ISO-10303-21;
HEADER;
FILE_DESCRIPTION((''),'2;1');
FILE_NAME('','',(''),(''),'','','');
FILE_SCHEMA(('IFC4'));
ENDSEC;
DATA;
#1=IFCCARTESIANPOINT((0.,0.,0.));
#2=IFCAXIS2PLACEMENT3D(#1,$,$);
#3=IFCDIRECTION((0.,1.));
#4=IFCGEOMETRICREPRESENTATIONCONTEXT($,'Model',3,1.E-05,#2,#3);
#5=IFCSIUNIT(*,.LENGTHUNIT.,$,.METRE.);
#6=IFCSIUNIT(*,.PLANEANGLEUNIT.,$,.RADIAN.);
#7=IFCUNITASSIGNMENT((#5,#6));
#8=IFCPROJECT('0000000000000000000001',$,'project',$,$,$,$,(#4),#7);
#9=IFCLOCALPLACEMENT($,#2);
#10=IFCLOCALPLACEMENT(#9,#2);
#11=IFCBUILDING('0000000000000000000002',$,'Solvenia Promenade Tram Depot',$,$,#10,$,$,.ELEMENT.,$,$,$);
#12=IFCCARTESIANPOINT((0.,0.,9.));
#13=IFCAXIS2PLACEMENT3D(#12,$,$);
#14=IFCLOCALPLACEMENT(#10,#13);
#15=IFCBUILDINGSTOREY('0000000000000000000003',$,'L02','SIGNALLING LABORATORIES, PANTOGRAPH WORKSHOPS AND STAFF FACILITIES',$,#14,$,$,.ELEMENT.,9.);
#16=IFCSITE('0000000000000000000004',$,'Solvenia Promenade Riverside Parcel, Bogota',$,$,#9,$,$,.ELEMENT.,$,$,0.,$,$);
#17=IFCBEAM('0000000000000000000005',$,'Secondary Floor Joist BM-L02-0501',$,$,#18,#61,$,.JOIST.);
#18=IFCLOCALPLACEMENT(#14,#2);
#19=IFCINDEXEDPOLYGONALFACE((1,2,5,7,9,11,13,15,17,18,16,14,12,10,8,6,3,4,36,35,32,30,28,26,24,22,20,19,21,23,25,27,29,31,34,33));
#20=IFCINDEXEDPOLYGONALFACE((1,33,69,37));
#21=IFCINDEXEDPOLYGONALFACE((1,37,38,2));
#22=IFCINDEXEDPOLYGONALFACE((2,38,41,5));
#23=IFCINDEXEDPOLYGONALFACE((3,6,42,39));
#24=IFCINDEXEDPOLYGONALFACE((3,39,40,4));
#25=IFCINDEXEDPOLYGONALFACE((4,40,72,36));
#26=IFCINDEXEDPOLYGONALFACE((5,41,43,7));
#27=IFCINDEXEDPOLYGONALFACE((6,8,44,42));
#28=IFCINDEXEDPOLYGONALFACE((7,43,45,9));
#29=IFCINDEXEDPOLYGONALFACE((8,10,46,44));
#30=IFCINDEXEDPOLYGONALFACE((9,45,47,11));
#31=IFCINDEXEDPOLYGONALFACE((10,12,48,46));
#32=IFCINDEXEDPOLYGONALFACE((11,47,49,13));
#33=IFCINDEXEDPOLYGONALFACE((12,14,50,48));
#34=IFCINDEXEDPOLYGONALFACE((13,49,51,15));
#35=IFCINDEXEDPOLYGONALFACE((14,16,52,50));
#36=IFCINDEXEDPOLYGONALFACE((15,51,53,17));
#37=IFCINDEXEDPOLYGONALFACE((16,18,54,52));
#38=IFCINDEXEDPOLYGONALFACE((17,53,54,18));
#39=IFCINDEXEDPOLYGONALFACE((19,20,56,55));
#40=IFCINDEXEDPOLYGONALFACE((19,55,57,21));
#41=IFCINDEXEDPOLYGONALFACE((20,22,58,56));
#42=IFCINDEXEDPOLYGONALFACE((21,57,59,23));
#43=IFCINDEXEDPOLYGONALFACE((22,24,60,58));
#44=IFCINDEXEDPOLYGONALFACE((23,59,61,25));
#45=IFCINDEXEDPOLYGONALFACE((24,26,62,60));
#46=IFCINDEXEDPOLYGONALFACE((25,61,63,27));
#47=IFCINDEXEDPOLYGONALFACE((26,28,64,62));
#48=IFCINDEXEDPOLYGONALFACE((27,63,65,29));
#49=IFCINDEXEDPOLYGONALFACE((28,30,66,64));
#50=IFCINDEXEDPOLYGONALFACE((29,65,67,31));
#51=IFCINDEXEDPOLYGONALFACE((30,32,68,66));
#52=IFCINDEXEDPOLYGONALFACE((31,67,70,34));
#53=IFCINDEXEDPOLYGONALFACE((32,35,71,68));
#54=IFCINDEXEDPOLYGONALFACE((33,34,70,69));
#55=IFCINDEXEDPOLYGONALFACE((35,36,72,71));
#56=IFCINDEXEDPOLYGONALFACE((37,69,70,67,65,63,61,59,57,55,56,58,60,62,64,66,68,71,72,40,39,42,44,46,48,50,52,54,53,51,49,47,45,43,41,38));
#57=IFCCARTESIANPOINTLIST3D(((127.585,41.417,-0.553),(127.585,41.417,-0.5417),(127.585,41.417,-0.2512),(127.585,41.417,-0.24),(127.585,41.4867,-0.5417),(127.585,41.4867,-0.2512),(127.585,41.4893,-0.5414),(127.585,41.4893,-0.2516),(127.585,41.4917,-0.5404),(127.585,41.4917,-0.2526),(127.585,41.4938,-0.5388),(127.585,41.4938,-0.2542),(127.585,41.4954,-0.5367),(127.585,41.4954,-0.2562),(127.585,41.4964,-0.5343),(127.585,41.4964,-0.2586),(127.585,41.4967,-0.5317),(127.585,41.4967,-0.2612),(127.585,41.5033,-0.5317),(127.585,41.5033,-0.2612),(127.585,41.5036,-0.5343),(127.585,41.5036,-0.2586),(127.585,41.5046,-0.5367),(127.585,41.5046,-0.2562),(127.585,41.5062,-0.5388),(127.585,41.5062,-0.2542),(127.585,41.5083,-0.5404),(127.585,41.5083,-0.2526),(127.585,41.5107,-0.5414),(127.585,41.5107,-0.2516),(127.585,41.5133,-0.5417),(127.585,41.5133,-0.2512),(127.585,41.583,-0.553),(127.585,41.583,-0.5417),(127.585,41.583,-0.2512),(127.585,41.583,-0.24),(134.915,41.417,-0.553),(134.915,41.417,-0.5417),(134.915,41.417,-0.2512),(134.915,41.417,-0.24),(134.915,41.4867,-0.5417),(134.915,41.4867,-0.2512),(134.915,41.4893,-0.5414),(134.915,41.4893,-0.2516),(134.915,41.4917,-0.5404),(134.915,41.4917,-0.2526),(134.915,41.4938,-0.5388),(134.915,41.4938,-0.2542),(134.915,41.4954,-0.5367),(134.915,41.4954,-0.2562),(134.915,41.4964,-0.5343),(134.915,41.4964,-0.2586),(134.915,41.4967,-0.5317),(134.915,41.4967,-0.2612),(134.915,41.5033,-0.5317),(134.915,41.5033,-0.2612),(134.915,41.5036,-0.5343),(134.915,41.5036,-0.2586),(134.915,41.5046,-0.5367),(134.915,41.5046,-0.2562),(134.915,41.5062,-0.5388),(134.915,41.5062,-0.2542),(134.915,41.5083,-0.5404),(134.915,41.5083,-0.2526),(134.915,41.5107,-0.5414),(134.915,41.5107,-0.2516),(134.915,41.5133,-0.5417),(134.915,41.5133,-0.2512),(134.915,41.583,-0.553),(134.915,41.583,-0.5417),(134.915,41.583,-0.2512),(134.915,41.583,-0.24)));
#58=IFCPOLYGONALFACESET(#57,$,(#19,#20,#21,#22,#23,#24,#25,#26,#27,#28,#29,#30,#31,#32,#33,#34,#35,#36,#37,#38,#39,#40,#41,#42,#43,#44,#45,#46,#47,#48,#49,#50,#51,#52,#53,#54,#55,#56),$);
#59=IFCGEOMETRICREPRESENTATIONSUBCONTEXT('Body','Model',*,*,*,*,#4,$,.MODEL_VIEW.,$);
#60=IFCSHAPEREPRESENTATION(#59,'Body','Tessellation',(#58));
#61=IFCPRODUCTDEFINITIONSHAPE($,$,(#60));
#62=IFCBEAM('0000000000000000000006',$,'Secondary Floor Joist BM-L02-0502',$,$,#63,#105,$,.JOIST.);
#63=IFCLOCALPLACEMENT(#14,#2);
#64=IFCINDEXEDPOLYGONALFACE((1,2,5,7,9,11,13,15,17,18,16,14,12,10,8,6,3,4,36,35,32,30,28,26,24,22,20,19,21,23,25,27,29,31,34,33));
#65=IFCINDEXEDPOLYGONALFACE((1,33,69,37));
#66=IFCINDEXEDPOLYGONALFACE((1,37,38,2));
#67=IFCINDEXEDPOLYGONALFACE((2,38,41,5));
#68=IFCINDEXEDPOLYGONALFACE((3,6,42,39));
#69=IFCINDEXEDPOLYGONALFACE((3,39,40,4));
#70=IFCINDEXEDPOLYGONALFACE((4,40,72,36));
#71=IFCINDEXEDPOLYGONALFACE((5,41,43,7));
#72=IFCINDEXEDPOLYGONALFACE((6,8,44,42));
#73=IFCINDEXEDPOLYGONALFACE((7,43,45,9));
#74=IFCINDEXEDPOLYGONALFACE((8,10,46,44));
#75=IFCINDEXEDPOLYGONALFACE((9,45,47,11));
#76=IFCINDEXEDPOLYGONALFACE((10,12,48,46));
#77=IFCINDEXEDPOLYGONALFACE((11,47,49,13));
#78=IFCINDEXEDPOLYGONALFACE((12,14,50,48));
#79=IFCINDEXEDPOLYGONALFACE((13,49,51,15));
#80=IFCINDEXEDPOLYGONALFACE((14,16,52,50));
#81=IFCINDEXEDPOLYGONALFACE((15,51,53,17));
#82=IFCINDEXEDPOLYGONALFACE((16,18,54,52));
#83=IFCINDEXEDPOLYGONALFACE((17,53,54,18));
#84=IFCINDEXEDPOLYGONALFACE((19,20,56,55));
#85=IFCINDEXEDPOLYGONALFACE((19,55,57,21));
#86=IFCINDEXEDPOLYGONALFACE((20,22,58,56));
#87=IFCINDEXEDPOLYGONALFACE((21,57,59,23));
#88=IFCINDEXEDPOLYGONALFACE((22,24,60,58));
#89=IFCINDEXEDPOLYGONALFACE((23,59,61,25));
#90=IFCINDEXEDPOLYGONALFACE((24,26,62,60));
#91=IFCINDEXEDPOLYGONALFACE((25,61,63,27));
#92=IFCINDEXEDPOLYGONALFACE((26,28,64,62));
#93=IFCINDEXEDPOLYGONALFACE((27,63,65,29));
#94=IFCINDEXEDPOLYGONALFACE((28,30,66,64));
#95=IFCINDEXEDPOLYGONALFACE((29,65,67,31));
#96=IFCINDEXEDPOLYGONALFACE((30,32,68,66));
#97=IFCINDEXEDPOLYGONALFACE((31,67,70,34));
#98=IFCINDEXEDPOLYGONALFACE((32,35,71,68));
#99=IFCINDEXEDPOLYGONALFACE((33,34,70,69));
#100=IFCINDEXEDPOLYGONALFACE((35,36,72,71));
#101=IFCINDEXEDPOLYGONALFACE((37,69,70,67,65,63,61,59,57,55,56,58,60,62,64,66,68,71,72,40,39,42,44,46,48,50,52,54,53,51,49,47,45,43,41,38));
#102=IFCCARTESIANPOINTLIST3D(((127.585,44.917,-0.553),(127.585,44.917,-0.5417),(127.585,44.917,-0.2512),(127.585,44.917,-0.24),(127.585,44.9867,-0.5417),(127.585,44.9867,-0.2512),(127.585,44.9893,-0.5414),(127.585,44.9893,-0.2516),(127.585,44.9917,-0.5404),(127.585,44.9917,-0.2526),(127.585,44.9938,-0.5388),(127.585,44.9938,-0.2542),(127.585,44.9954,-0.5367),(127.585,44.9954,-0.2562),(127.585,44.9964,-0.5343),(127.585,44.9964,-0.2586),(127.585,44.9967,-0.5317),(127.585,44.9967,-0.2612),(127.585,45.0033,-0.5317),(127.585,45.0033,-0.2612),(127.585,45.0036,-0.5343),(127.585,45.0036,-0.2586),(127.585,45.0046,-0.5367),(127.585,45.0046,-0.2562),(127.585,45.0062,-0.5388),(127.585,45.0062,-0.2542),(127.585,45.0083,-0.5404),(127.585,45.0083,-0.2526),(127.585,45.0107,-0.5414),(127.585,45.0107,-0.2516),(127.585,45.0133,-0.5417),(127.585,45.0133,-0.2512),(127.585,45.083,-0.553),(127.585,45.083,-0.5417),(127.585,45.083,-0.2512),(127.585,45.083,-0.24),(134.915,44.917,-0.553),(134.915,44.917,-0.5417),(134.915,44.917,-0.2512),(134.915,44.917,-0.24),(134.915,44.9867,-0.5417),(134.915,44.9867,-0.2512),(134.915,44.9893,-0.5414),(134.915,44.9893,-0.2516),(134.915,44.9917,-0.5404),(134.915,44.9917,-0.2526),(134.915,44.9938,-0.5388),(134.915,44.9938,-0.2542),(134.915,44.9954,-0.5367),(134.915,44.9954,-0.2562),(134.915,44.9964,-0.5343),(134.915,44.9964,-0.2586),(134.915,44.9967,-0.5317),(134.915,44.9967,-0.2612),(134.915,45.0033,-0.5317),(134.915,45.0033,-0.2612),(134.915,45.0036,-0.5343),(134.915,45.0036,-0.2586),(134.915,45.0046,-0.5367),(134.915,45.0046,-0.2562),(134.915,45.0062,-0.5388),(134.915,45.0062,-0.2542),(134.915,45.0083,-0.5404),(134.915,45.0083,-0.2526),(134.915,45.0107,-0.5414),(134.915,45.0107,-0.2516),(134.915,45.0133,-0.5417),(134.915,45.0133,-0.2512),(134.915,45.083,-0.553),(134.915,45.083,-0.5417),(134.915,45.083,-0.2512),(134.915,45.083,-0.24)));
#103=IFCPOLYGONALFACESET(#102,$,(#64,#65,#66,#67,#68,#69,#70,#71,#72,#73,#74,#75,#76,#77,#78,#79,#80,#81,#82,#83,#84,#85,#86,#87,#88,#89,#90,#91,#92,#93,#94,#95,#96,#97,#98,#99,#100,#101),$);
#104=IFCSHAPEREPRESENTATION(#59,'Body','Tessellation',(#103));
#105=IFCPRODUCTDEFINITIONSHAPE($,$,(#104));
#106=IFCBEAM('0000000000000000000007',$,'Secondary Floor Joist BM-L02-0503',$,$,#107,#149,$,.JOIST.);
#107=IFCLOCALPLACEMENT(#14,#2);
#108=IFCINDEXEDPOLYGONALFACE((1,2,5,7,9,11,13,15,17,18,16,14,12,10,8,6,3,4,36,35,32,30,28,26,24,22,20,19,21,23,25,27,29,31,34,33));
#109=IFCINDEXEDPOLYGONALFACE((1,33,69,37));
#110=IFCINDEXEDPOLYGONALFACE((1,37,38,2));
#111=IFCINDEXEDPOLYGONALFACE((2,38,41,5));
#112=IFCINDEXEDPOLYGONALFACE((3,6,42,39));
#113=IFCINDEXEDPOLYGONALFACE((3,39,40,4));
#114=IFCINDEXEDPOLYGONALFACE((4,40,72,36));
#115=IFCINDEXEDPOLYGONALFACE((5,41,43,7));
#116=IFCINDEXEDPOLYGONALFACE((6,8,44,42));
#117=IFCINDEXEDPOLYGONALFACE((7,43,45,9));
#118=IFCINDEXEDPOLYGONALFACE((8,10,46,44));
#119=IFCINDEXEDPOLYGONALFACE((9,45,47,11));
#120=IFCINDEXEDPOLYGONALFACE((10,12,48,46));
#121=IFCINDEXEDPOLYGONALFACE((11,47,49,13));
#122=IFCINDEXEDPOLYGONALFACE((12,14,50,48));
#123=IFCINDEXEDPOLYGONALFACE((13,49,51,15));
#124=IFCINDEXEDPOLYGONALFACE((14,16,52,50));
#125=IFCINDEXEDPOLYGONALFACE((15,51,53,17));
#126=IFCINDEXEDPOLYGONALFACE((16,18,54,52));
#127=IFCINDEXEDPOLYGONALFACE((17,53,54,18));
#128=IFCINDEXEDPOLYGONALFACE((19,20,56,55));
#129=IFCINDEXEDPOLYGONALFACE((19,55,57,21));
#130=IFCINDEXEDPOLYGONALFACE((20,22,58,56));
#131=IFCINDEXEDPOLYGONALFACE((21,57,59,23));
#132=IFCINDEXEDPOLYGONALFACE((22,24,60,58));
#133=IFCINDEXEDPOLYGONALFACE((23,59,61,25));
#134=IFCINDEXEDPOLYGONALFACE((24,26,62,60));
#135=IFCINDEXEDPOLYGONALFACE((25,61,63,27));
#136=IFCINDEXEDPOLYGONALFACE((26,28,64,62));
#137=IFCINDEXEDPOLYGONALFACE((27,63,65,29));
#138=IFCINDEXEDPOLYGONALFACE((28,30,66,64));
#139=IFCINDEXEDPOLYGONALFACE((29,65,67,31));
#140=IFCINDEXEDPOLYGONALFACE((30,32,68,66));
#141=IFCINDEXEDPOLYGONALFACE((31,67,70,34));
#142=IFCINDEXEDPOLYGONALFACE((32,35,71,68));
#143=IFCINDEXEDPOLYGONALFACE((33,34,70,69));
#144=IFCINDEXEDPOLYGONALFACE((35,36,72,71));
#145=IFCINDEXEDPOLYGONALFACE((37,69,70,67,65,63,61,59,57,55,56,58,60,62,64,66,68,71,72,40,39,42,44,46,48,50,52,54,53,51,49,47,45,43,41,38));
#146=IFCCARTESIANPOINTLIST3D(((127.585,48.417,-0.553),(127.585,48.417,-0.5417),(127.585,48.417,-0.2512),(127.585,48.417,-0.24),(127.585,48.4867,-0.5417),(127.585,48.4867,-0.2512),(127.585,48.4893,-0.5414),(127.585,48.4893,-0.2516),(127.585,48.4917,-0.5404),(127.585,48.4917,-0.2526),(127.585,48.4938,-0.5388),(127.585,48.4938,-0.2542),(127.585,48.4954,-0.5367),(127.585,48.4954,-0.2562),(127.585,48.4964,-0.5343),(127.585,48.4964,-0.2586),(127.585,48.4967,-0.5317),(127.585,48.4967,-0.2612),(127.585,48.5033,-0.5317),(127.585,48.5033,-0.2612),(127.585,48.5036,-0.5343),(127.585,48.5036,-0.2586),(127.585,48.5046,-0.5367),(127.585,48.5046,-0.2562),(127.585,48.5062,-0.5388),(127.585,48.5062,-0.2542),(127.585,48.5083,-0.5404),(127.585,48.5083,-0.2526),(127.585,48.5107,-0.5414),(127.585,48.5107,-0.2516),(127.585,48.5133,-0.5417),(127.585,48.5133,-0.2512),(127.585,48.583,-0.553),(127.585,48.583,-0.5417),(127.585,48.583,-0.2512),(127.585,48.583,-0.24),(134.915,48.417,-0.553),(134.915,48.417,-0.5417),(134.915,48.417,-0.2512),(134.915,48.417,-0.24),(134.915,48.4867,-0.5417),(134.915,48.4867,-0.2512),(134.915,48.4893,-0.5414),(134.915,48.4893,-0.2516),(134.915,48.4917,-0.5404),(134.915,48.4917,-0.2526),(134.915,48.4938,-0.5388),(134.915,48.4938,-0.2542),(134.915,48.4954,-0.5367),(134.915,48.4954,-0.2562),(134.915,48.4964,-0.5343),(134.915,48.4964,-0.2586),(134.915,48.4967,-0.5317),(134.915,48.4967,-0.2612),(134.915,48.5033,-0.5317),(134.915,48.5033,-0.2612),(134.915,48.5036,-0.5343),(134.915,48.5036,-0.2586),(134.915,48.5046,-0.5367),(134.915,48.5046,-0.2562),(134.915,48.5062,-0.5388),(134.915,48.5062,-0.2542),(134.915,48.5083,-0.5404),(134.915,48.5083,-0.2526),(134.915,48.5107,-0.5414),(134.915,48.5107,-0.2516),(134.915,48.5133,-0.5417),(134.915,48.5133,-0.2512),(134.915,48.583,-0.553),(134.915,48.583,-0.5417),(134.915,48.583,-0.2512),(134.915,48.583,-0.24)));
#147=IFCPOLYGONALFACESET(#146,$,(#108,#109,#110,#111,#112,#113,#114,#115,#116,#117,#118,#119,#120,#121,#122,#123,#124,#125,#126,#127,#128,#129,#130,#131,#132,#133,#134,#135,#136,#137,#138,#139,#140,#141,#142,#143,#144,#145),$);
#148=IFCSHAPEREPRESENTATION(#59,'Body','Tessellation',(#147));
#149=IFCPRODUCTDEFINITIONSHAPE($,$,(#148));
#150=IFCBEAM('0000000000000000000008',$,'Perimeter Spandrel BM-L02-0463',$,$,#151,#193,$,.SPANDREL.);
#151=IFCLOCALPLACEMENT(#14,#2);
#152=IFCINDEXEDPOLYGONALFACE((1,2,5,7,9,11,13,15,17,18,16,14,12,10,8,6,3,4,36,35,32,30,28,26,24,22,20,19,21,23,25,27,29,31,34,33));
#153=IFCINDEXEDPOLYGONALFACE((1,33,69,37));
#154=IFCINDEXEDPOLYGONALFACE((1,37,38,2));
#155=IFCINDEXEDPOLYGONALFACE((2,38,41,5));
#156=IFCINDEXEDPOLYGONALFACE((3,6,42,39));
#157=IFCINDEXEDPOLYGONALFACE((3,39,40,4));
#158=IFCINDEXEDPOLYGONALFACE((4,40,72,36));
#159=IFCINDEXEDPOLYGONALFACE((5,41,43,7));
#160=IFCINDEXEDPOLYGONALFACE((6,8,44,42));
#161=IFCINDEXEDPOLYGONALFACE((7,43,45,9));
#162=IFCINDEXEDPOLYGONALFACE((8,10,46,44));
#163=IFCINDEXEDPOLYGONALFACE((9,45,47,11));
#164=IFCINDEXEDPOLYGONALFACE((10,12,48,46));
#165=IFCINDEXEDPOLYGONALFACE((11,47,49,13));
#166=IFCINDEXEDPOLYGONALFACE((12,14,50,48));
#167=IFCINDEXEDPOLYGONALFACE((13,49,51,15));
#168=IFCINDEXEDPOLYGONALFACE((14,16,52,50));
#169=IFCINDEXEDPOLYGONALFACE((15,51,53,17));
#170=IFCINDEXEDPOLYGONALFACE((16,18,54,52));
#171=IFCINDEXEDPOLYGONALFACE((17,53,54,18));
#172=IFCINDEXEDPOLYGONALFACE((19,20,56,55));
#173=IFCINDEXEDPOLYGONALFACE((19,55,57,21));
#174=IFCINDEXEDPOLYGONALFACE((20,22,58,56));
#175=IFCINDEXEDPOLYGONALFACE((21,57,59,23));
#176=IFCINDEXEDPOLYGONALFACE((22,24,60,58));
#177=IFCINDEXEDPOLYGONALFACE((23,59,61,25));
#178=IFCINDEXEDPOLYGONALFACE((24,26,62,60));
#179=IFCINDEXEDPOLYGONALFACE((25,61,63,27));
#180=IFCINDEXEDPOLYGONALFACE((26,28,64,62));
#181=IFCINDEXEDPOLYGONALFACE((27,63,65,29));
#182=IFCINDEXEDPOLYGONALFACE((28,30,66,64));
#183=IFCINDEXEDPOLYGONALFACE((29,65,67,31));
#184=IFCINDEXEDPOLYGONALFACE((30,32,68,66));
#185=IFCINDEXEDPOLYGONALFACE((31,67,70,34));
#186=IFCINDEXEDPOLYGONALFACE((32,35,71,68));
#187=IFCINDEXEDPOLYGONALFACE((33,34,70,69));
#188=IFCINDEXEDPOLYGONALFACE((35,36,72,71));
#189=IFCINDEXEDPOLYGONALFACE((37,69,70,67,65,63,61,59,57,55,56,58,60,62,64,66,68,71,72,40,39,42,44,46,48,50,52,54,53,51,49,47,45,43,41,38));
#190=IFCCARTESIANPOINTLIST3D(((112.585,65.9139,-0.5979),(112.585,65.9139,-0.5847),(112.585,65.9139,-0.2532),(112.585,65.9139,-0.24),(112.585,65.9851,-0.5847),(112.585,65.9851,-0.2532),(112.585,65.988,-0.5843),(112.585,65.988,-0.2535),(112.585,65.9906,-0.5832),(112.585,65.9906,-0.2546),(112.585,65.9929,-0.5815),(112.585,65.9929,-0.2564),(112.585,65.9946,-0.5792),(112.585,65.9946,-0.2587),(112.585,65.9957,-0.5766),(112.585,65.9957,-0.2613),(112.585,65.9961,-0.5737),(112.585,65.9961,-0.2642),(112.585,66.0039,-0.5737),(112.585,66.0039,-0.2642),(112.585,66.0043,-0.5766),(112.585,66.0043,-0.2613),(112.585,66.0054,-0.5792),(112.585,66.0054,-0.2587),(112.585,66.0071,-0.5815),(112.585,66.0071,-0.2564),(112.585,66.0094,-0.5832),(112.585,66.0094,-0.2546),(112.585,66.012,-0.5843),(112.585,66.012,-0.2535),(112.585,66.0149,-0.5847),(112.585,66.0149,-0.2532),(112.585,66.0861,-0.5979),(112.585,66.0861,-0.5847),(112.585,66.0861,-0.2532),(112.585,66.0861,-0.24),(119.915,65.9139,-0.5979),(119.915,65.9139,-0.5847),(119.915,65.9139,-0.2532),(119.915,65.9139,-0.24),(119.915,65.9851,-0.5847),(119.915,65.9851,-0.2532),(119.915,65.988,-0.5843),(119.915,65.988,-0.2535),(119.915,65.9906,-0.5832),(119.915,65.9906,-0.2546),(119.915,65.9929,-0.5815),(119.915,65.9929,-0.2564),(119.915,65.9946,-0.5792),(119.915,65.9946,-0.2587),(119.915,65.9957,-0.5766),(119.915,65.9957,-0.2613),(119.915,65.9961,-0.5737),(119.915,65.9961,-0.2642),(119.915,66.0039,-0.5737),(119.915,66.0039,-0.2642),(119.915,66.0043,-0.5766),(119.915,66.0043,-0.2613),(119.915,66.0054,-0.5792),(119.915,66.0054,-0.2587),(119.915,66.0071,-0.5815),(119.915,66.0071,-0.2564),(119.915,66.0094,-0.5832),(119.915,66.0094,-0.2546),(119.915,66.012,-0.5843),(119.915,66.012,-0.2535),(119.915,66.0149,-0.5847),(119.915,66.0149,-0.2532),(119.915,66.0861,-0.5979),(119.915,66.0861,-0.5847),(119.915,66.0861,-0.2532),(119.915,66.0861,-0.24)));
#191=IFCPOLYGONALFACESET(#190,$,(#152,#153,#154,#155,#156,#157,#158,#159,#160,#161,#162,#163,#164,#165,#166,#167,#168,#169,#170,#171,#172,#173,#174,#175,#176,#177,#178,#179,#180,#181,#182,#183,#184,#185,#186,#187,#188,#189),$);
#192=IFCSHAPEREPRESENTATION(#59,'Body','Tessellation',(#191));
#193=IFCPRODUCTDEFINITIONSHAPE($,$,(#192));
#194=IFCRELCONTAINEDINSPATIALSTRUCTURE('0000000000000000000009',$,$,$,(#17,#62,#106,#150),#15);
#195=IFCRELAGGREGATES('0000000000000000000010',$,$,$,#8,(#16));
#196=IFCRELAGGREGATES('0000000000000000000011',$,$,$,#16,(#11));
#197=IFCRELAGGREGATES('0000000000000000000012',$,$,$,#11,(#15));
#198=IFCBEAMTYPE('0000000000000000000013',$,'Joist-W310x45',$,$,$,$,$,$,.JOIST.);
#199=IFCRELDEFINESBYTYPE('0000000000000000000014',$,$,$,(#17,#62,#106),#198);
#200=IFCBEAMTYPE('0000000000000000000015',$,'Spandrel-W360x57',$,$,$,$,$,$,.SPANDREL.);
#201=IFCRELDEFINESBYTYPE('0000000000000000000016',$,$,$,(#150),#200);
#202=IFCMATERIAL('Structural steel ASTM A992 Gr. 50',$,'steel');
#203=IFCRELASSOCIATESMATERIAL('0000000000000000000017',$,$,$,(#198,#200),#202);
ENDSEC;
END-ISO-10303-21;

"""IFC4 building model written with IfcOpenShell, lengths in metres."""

from ifc_helpers import new_model, si_unit, direction, frame, origin, origin_2d, place, context, subcontext, project, spatial, i_section, extrude, material, material_profile, profile_set, type_object, element, save


model = new_model("IFC4")

# Units and contexts
model_context = context("Model", 3, precision=1e-05, world=origin(), true_north=direction((0.0, 1.0)))
body_context = subcontext(model_context, "Body", "Model", "MODEL_VIEW")
ifc_project = project(units=[si_unit("LENGTHUNIT", "METRE"), si_unit("PLANEANGLEUNIT", "RADIAN")], contexts=[model_context])

# Site, building, storey
site_placement = place(None, origin())
site = spatial("IfcSite", under=ifc_project, at=site_placement, Name="Solvenia Promenade Riverside Parcel, Bogota", CompositionType="ELEMENT", RefElevation=0.0)
building_placement = place(site_placement, origin())
building = spatial("IfcBuilding", under=site, at=building_placement, Name="Solvenia Promenade Tram Depot", CompositionType="ELEMENT")
storey_placement = place(building_placement, frame((0.0, 0.0, 9.0)))
storey = spatial("IfcBuildingStorey", under=building, at=storey_placement, Name="L02", Description="SIGNALLING LABORATORIES, PANTOGRAPH WORKSHOPS AND STAFF FACILITIES", CompositionType="ELEMENT", Elevation=9.0)

# Shared definitions
ifc_material_1 = material(Name="Structural steel ASTM A992 Gr. 50", Category="steel")

# Beams
ifc_material_profile_1 = material_profile(ifc_material_1, i_section(OverallWidth=0.166, OverallDepth=0.313, WebThickness=0.0066, FlangeThickness=0.0112, FilletRadius=0.01, at=origin_2d()), Name="W310x45", Category="steel")
ifc_profile_set_1 = profile_set([ifc_material_profile_1], Name="Structural steel ASTM A992 Gr. 50")
beam_type_1 = type_object("IfcBeamType", Name="Joist-W310x45", PredefinedType="JOIST", material=ifc_profile_set_1)
for number, where, z_axis, x_axis, name in (
    (1, (127.585, 41.5, -0.3965), (1.0, 0.0, 0.0), (0.0, 1.0, 0.0), "Secondary Floor Joist BM-L02-0501"),
    (2, (127.585, 45.0, -0.3965), (1.0, 0.0, 0.0), (0.0, 1.0, 0.0), "Secondary Floor Joist BM-L02-0502"),
    (3, (127.585, 48.5, -0.3965), (1.0, 0.0, 0.0), (0.0, 1.0, 0.0), "Secondary Floor Joist BM-L02-0503"),
):
    element("IfcBeam", number, at=place(storey_placement, frame(where, z_axis=z_axis, x_axis=x_axis)), inside=storey, type_object=beam_type_1, Name=name, PredefinedType="JOIST", context=body_context, shape_type="SweptSolid", body=[
        extrude(i_section(OverallWidth=0.166, OverallDepth=0.313, WebThickness=0.0066, FlangeThickness=0.0112, FilletRadius=0.01, at=origin_2d()), origin(), (0.0, 0.0, 1.0), 7.3301),
    ])
ifc_material_profile_2 = material_profile(ifc_material_1, i_section(OverallWidth=0.1721, OverallDepth=0.3579, WebThickness=0.0078, FlangeThickness=0.0132, FilletRadius=0.011, at=origin_2d()), Name="W360x57", Category="steel")
ifc_profile_set_2 = profile_set([ifc_material_profile_2], Name="Structural steel ASTM A992 Gr. 50")
beam_type_2 = type_object("IfcBeamType", Name="Spandrel-W360x57", PredefinedType="SPANDREL", material=ifc_profile_set_2)
for number, where, z_axis, x_axis, name in (
    (4, (112.585, 66.0, -0.4189), (1.0, 0.0, 0.0), (0.0, 1.0, 0.0), "Perimeter Spandrel BM-L02-0463"),
):
    element("IfcBeam", number, at=place(storey_placement, frame(where, z_axis=z_axis, x_axis=x_axis)), inside=storey, type_object=beam_type_2, Name=name, PredefinedType="SPANDREL", context=body_context, shape_type="SweptSolid", body=[
        extrude(i_section(OverallWidth=0.1721, OverallDepth=0.3579, WebThickness=0.0078, FlangeThickness=0.0132, FilletRadius=0.011, at=origin_2d()), origin(), (0.0, 0.0, 1.0), 7.3301),
    ])

save(model, "model.ifc")
